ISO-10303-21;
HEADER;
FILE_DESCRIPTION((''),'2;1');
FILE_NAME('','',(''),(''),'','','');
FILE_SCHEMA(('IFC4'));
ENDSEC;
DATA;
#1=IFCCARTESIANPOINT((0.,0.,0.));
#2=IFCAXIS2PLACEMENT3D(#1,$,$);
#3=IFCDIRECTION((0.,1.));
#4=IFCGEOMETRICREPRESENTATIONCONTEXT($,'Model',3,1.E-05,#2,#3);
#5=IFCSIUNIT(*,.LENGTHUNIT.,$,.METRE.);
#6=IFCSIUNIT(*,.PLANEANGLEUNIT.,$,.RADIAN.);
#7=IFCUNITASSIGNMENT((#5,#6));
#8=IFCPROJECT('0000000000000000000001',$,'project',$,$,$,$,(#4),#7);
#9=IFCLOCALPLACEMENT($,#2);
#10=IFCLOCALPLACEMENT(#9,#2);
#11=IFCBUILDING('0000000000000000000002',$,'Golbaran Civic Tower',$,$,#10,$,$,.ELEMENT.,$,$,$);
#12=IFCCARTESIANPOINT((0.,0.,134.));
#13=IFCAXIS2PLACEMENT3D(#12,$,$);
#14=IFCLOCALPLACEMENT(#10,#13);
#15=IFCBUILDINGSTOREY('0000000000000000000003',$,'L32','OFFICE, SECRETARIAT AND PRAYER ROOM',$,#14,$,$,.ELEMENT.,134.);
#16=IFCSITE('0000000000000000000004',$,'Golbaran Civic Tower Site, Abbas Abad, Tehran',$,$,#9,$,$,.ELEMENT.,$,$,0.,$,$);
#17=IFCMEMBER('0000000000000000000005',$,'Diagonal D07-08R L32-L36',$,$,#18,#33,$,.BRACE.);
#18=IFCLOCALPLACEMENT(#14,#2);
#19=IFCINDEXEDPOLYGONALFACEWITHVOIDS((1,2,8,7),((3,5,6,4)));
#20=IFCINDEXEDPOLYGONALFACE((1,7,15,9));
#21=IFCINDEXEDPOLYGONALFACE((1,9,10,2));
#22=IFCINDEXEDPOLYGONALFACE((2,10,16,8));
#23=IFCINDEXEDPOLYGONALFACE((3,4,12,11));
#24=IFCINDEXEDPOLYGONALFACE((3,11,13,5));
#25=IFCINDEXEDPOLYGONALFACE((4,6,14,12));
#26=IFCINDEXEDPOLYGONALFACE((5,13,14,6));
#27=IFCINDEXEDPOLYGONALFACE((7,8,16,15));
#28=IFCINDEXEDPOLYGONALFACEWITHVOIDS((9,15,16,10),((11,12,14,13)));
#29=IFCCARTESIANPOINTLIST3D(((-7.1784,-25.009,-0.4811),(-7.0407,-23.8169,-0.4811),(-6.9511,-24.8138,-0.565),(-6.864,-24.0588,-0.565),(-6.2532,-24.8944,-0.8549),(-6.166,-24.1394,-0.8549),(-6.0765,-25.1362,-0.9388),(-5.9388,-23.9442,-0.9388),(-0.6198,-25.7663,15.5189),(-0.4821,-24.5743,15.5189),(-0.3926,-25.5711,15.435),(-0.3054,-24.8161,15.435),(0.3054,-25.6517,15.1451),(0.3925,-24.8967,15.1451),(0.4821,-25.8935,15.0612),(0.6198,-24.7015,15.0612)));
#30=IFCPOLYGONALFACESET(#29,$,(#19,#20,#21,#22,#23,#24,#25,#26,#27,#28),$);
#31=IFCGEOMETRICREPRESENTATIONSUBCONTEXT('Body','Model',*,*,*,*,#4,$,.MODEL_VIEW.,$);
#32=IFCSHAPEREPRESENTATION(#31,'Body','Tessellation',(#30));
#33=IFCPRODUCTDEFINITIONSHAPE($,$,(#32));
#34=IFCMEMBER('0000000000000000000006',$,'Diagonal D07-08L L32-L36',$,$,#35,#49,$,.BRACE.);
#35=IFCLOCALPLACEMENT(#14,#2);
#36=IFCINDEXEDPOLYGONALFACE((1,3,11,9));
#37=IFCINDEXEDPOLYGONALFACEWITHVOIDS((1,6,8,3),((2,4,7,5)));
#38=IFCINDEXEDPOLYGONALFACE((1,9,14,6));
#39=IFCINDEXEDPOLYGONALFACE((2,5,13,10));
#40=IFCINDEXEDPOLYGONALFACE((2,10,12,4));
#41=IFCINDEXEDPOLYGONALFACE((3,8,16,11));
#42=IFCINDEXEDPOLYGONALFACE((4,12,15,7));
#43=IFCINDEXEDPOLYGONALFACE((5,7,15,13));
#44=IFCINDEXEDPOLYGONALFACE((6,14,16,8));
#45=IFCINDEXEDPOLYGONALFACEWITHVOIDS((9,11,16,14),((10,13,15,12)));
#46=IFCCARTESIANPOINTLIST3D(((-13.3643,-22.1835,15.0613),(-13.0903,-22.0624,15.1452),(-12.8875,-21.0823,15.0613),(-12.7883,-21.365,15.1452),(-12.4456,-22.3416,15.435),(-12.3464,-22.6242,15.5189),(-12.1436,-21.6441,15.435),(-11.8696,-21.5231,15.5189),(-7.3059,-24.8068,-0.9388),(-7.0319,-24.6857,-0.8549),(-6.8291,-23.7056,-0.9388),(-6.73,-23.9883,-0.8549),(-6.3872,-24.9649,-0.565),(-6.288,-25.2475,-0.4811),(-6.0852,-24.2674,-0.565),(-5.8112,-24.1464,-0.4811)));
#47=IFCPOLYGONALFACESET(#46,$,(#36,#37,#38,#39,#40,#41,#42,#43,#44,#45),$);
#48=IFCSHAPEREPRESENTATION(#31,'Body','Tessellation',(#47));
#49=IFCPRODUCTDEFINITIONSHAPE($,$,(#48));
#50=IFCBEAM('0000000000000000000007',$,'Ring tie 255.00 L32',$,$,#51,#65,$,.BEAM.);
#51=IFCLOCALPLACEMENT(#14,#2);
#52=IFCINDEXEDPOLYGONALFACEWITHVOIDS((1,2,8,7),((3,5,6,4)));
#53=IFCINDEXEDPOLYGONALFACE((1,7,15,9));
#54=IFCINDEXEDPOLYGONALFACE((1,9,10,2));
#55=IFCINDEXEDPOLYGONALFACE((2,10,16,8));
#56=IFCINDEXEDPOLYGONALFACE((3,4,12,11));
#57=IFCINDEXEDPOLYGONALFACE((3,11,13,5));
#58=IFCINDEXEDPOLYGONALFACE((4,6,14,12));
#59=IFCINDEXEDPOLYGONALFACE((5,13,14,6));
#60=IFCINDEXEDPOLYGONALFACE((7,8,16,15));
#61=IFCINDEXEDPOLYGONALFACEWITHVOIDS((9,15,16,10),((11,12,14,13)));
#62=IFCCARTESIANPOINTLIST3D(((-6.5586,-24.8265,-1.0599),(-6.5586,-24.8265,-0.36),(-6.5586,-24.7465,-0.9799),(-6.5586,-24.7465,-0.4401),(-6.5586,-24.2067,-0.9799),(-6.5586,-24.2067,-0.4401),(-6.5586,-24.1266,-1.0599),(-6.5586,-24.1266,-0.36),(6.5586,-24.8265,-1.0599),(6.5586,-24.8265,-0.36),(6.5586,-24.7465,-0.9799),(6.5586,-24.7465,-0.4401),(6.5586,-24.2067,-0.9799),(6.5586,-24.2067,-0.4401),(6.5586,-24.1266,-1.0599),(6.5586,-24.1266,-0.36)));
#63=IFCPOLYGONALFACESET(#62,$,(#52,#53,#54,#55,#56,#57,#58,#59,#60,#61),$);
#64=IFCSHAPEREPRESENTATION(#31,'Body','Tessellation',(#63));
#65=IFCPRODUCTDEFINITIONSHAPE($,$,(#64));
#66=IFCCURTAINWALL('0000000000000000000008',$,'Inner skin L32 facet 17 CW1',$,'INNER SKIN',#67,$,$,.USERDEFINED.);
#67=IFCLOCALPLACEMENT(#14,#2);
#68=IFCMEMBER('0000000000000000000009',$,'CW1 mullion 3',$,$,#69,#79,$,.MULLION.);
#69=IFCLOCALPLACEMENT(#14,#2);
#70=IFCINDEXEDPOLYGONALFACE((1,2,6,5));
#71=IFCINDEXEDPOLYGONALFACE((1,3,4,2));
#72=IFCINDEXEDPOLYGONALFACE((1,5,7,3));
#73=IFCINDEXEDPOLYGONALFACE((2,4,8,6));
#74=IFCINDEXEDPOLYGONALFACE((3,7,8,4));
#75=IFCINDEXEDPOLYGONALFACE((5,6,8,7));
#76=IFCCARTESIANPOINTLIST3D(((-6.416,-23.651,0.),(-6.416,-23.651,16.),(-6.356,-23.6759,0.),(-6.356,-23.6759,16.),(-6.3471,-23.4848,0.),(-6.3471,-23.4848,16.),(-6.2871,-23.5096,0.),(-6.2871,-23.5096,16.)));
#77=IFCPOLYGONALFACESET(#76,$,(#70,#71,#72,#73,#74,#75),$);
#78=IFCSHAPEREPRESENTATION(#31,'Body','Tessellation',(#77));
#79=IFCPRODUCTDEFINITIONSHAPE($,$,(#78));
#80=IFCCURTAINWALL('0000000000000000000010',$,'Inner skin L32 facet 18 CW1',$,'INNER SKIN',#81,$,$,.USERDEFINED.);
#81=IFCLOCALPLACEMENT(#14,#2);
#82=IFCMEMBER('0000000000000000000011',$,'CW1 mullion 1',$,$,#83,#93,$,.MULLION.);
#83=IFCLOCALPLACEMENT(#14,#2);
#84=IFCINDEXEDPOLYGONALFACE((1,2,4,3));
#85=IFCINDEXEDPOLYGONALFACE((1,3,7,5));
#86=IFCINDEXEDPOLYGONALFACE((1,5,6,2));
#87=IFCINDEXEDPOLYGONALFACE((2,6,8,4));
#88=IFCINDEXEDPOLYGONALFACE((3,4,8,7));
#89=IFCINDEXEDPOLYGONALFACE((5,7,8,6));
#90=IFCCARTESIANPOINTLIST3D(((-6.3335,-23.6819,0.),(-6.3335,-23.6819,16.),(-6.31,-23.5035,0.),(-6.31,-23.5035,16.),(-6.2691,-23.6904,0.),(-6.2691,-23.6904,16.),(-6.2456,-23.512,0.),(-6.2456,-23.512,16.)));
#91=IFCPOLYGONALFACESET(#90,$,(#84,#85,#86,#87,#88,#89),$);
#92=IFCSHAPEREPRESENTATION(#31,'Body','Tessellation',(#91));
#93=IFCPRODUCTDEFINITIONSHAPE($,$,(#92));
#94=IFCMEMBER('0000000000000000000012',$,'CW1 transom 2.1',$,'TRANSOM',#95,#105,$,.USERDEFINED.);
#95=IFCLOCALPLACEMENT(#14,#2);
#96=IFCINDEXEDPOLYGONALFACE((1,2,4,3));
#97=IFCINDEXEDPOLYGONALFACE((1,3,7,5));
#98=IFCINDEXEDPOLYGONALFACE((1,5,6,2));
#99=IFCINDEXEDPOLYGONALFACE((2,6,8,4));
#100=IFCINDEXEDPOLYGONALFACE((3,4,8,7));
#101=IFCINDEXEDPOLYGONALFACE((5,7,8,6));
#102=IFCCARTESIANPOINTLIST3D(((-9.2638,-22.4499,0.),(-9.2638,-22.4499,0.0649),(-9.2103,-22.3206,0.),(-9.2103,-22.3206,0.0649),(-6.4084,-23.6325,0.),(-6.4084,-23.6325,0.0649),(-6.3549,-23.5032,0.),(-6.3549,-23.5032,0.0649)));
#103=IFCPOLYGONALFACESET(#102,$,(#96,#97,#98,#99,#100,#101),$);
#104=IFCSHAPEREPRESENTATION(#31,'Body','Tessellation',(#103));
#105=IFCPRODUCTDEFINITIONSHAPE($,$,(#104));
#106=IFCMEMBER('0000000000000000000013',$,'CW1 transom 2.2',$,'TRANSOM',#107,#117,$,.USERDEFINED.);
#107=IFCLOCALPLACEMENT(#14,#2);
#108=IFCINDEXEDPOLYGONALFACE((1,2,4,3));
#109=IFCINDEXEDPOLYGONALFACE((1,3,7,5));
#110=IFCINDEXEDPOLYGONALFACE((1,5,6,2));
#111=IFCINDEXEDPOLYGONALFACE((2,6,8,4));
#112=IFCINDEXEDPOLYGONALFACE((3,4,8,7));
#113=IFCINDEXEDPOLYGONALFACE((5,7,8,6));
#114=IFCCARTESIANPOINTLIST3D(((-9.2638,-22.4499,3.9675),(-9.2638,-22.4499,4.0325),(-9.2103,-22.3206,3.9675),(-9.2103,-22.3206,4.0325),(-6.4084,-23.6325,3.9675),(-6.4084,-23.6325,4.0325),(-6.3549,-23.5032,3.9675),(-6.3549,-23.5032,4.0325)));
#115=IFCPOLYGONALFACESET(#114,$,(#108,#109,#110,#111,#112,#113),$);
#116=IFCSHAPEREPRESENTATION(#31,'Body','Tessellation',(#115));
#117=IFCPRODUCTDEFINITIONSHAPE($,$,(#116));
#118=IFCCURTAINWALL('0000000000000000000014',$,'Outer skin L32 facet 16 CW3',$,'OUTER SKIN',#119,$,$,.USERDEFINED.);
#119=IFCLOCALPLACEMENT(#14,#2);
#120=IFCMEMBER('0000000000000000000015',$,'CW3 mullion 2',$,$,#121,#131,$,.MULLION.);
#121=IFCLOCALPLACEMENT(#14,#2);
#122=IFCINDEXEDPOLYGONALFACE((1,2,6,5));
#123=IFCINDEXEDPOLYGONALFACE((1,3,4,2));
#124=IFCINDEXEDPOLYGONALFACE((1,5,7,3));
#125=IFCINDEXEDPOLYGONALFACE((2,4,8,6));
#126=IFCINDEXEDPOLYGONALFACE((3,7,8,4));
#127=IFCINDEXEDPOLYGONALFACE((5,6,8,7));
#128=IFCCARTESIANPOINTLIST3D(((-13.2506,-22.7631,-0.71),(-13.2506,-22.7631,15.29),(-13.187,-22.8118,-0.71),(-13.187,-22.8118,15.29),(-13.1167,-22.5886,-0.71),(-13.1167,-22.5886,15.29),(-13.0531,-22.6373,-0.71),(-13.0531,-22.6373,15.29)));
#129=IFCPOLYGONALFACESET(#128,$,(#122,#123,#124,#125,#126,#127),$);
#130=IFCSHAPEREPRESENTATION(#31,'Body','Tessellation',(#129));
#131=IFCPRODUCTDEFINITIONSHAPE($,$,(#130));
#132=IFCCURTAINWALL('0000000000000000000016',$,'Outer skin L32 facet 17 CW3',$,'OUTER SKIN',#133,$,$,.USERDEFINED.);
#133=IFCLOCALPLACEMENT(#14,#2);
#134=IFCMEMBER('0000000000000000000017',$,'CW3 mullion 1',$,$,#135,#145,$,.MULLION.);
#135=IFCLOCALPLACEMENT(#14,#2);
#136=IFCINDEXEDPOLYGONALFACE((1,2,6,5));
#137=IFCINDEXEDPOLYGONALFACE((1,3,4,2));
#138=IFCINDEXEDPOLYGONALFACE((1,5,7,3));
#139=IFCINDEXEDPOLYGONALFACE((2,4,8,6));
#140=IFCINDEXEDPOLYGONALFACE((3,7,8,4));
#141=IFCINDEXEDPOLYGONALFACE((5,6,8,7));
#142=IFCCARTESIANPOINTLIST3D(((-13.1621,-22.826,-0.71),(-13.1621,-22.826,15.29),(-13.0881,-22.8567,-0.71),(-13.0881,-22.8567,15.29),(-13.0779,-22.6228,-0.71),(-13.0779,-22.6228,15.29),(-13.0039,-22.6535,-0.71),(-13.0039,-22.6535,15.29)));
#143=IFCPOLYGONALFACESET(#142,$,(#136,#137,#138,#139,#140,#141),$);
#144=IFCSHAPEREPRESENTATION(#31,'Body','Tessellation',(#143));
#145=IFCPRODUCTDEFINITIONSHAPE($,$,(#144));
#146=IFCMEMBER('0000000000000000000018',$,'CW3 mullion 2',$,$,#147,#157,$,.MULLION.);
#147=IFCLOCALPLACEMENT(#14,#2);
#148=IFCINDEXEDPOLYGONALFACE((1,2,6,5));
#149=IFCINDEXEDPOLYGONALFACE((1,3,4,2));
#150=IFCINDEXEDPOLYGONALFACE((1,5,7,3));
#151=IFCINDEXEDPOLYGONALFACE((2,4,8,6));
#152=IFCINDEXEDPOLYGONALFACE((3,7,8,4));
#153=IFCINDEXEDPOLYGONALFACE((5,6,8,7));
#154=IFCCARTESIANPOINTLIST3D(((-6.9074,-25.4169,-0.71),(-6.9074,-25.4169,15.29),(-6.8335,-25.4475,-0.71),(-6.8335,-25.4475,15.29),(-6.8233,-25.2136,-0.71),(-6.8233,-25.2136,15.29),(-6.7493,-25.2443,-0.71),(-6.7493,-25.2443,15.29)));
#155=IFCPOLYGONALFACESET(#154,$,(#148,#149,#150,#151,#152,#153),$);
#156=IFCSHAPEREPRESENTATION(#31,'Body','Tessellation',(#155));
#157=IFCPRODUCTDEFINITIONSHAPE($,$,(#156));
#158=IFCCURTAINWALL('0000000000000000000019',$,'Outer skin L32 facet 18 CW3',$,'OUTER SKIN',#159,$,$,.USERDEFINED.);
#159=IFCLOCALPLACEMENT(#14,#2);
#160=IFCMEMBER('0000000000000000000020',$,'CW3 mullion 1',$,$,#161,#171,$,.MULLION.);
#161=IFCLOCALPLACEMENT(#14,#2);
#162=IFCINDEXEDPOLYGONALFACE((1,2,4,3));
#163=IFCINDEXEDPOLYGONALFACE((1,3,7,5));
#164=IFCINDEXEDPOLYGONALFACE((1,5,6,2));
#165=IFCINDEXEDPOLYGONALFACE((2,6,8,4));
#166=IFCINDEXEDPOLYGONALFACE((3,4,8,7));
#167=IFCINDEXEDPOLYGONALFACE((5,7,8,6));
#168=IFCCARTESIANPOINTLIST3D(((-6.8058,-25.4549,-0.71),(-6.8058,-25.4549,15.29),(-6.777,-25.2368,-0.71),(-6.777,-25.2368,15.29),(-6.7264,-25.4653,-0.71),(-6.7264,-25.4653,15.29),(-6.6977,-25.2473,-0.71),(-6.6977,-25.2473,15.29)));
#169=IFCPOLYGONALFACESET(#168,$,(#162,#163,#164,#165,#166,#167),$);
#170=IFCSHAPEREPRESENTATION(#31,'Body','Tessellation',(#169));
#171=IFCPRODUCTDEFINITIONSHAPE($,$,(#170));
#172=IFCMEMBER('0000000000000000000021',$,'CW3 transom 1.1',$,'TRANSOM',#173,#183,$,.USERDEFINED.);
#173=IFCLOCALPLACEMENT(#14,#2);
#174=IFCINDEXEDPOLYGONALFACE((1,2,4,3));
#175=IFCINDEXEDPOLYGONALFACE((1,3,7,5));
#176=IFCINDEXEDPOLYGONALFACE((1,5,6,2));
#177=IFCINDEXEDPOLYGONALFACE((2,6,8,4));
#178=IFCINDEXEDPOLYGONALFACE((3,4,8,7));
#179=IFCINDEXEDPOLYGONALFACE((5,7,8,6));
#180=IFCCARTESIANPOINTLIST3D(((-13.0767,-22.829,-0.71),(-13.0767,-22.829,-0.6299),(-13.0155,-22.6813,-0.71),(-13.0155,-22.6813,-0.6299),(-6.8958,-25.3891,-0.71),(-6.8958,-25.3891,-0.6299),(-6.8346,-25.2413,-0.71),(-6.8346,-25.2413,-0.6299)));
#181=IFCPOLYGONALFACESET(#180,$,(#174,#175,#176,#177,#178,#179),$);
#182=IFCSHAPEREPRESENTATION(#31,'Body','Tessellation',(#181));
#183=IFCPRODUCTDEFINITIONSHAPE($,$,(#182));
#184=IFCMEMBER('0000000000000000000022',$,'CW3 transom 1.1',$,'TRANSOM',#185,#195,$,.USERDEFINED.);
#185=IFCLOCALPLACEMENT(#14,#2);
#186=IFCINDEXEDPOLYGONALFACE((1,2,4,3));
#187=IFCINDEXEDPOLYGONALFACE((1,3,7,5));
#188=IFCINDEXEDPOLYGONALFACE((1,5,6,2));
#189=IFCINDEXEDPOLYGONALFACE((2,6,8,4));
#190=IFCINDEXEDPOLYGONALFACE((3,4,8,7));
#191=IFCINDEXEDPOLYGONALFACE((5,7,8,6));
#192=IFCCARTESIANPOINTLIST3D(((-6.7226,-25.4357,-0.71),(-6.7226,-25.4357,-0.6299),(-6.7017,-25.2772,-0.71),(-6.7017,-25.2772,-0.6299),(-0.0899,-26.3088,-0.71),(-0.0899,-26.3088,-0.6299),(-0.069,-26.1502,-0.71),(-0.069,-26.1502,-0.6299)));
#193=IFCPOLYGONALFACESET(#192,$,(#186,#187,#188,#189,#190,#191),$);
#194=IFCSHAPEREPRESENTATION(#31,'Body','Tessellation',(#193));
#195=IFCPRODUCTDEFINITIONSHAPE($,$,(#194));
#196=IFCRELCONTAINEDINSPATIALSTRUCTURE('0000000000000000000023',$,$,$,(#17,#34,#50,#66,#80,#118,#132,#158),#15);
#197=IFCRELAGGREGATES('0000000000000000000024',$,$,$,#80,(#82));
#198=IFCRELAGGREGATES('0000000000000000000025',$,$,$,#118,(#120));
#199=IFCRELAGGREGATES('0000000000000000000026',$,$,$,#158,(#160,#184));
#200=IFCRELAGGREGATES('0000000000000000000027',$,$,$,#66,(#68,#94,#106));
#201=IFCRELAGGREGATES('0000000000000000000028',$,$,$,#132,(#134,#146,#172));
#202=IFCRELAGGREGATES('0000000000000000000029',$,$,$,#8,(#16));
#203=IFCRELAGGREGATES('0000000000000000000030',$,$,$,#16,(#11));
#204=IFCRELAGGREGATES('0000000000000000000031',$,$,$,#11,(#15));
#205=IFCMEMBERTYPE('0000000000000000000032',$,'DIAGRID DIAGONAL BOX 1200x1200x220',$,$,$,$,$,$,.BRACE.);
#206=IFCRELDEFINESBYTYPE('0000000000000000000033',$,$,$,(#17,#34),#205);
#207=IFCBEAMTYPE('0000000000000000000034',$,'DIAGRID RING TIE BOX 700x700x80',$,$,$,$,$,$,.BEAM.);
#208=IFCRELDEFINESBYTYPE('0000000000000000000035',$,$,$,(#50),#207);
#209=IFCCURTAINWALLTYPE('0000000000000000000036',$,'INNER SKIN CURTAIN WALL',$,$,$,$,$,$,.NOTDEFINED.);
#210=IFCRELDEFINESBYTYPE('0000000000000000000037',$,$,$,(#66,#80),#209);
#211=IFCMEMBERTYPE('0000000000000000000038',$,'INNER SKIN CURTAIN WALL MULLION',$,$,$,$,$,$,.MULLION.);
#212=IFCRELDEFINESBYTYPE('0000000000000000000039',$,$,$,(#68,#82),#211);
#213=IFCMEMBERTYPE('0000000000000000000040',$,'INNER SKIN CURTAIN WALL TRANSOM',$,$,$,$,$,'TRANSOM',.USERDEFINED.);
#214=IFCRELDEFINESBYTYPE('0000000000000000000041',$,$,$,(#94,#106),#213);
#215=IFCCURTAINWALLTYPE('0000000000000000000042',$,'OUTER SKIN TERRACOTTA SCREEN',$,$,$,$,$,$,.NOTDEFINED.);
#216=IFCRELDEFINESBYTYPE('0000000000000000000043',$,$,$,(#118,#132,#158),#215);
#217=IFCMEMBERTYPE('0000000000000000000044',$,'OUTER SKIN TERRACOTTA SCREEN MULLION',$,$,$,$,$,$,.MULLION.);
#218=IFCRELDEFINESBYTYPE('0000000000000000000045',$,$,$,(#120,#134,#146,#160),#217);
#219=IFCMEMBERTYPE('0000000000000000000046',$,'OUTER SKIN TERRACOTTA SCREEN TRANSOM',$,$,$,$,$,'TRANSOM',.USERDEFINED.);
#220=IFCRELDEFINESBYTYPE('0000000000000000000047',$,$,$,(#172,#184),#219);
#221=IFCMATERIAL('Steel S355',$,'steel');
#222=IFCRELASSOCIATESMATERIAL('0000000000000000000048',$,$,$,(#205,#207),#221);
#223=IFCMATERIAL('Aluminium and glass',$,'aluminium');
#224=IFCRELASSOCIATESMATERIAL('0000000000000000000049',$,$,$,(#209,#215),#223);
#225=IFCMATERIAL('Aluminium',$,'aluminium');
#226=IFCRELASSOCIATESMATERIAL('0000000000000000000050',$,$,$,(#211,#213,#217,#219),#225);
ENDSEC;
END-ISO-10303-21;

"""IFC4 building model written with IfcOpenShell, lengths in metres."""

from ifc_helpers import new_model, si_unit, direction, frame, origin, origin_2d, place, context, subcontext, project, spatial, rectangle, hollow_rectangle, extrude, material, material_profile, profile_set, type_object, element, aggregate, save


model = new_model("IFC4")

# Units and contexts
model_context = context("Model", 3, precision=1e-05, world=origin(), true_north=direction((0.0, 1.0)))
body_context = subcontext(model_context, "Body", "Model", "MODEL_VIEW")
ifc_project = project(units=[si_unit("LENGTHUNIT", "METRE"), si_unit("PLANEANGLEUNIT", "RADIAN")], contexts=[model_context])

# Site, building, storey
site_placement = place(None, origin())
site = spatial("IfcSite", under=ifc_project, at=site_placement, Name="Golbaran Civic Tower Site, Abbas Abad, Tehran", CompositionType="ELEMENT", RefElevation=0.0)
building_placement = place(site_placement, origin())
building = spatial("IfcBuilding", under=site, at=building_placement, Name="Golbaran Civic Tower", CompositionType="ELEMENT")
storey_placement = place(building_placement, frame((0.0, 0.0, 134.0)))
storey = spatial("IfcBuildingStorey", under=building, at=storey_placement, Name="L32", Description="OFFICE, SECRETARIAT AND PRAYER ROOM", CompositionType="ELEMENT", Elevation=134.0)

# Members
ifc_material_1 = material(Name="Steel S355", Category="steel")
ifc_material_profile_1 = material_profile(ifc_material_1, hollow_rectangle(XDim=1.2, YDim=1.2, WallThickness=0.22, at=origin_2d()), Name="BOX 1200x1200x220")
ifc_profile_set_1 = profile_set([ifc_material_profile_1], Name="Steel S355")
member_type_1 = type_object("IfcMemberType", Name="DIAGRID DIAGONAL BOX 1200x1200x220", PredefinedType="BRACE", material=ifc_profile_set_1)
for number, where, z_axis, x_axis, name in (
    (1, (-6.5586, -24.4766, -0.71), (0.37892, -0.043754, 0.924394), (0.114708, 0.993399, 0.0), "Diagonal D07-08R L32-L36"),
    (2, (-6.5586, -24.4766, -0.71), (-0.350021, 0.151561, 0.9244), (-0.397353, -0.917666, 0.0), "Diagonal D07-08L L32-L36"),
):
    element("IfcMember", number, at=place(storey_placement, frame(where, z_axis=z_axis, x_axis=x_axis)), inside=storey, type_object=member_type_1, Name=name, PredefinedType="BRACE", context=body_context, shape_type="SweptSolid", body=[
        extrude(hollow_rectangle(XDim=1.2, YDim=1.2, WallThickness=0.22, at=origin_2d()), origin(), (0.0, 0.0, 1.0), 17.3086),
    ])

# Beam
ifc_material_profile_2 = material_profile(ifc_material_1, hollow_rectangle(XDim=0.7, YDim=0.7, WallThickness=0.0801, at=origin_2d()), Name="BOX 700x700x80")
ifc_profile_set_2 = profile_set([ifc_material_profile_2], Name="Steel S355")
beam_type = type_object("IfcBeamType", Name="DIAGRID RING TIE BOX 700x700x80", PredefinedType="BEAM", material=ifc_profile_set_2)
beam_placement = place(storey_placement, frame((-6.5586, -24.4766, -0.71), z_axis=(1.0, 0.0, 0.0), x_axis=(0.0, 1.0, 0.0)))
element("IfcBeam", 3, at=beam_placement, inside=storey, type_object=beam_type, Name="Ring tie 255.00 L32", PredefinedType="BEAM", context=body_context, shape_type="SweptSolid", body=[
    extrude(hollow_rectangle(XDim=0.7, YDim=0.7, WallThickness=0.0801, at=origin_2d()), origin(), (0.0, 0.0, 1.0), 13.1172),
])

# Curtain walls, members
ifc_material_2 = material(Name="Aluminium and glass", Category="aluminium")
curtain_wall_type_1 = type_object("IfcCurtainWallType", Name="INNER SKIN CURTAIN WALL", PredefinedType="NOTDEFINED", material=ifc_material_2)
curtain_wall_1_placement = place(storey_placement, origin())
curtain_wall_1 = element("IfcCurtainWall", 4, at=curtain_wall_1_placement, inside=storey, type_object=curtain_wall_type_1, Name="Inner skin L32 facet 17 CW1", ObjectType="INNER SKIN", PredefinedType="USERDEFINED")
ifc_material_3 = material(Name="Aluminium", Category="aluminium")
ifc_material_profile_3 = material_profile(ifc_material_3, rectangle(XDim=0.1799, YDim=0.0649, at=origin_2d()), Name="INNER SKIN CURTAIN WALL MULLION")
ifc_profile_set_3 = profile_set([ifc_material_profile_3], Name="Aluminium")
member_type_2 = type_object("IfcMemberType", Name="INNER SKIN CURTAIN WALL MULLION", PredefinedType="MULLION", material=ifc_profile_set_3)
member_1_placement = place(storey_placement, frame((-6.3516, -23.5803, 0.0), z_axis=(0.0, 0.0, 1.0), x_axis=(0.382683, 0.92388, 0.0)))
member_1 = element("IfcMember", 5, at=member_1_placement, type_object=member_type_2, Name="CW1 mullion 3", PredefinedType="MULLION", context=body_context, shape_type="SweptSolid", body=[
    extrude(rectangle(XDim=0.1799, YDim=0.0649, at=origin_2d()), origin(), (0.0, 0.0, 1.0), 16.0),
])
curtain_wall_2_placement = place(storey_placement, origin())
curtain_wall_2 = element("IfcCurtainWall", 6, at=curtain_wall_2_placement, inside=storey, type_object=curtain_wall_type_1, Name="Inner skin L32 facet 18 CW1", ObjectType="INNER SKIN", PredefinedType="USERDEFINED")
member_2_placement = place(storey_placement, frame((-6.2896, -23.5969, 0.0), z_axis=(0.0, 0.0, 1.0), x_axis=(0.130526, 0.991445, 0.0)))
member_2 = element("IfcMember", 7, at=member_2_placement, type_object=member_type_2, Name="CW1 mullion 1", PredefinedType="MULLION", context=body_context, shape_type="SweptSolid", body=[
    extrude(rectangle(XDim=0.1799, YDim=0.0649, at=origin_2d()), origin(), (0.0, 0.0, 1.0), 16.0),
])
aggregate(curtain_wall_2, [member_2])

# Members
ifc_material_profile_4 = material_profile(ifc_material_3, rectangle(XDim=0.1399, YDim=0.0649, at=origin_2d()), Name="INNER SKIN CURTAIN WALL TRANSOM")
ifc_profile_set_4 = profile_set([ifc_material_profile_4], Name="Aluminium")
member_type_3 = type_object("IfcMemberType", Name="INNER SKIN CURTAIN WALL TRANSOM", ElementType="TRANSOM", PredefinedType="USERDEFINED", material=ifc_profile_set_4)
member_3_placement = place(storey_placement, frame((-9.2371, -22.3853, 0.0325), z_axis=(0.923897, -0.38264, 0.0), x_axis=(0.38264, 0.923897, 0.0)))
member_3 = element("IfcMember", 8, at=member_3_placement, type_object=member_type_3, Name="CW1 transom 2.1", ObjectType="TRANSOM", PredefinedType="USERDEFINED", context=body_context, shape_type="SweptSolid", body=[
    extrude(rectangle(XDim=0.1399, YDim=0.0649, at=origin_2d()), origin(), (0.0, 0.0, 1.0), 3.0906),
])
member_4_placement = place(storey_placement, frame((-9.2371, -22.3853, 4.0), z_axis=(0.923897, -0.38264, 0.0), x_axis=(0.38264, 0.923897, 0.0)))
member_4 = element("IfcMember", 9, at=member_4_placement, type_object=member_type_3, Name="CW1 transom 2.2", ObjectType="TRANSOM", PredefinedType="USERDEFINED", context=body_context, shape_type="SweptSolid", body=[
    extrude(rectangle(XDim=0.1399, YDim=0.0649, at=origin_2d()), origin(), (0.0, 0.0, 1.0), 3.0906),
])

# Curtain wall, member
curtain_wall_type_2 = type_object("IfcCurtainWallType", Name="OUTER SKIN TERRACOTTA SCREEN", PredefinedType="NOTDEFINED", material=ifc_material_2)
curtain_wall_3_placement = place(storey_placement, origin())
curtain_wall_3 = element("IfcCurtainWall", 10, at=curtain_wall_3_placement, inside=storey, type_object=curtain_wall_type_2, Name="Outer skin L32 facet 16 CW3", ObjectType="OUTER SKIN", PredefinedType="USERDEFINED")
ifc_material_profile_5 = material_profile(ifc_material_3, rectangle(XDim=0.22, YDim=0.0801, at=origin_2d()), Name="OUTER SKIN TERRACOTTA SCREEN MULLION")
ifc_profile_set_5 = profile_set([ifc_material_profile_5], Name="Aluminium")
member_type_4 = type_object("IfcMemberType", Name="OUTER SKIN TERRACOTTA SCREEN MULLION", PredefinedType="MULLION", material=ifc_profile_set_5)
member_5_placement = place(storey_placement, frame((-13.1519, -22.7002, -0.71), z_axis=(0.0, 0.0, 1.0), x_axis=(0.608761, 0.793353, 0.0)))
member_5 = element("IfcMember", 11, at=member_5_placement, type_object=member_type_4, Name="CW3 mullion 2", PredefinedType="MULLION", context=body_context, shape_type="SweptSolid", body=[
    extrude(rectangle(XDim=0.22, YDim=0.0801, at=origin_2d()), origin(), (0.0, 0.0, 1.0), 16.0),
])
aggregate(curtain_wall_3, [member_5])

# Curtain wall, members
curtain_wall_4_placement = place(storey_placement, origin())
curtain_wall_4 = element("IfcCurtainWall", 12, at=curtain_wall_4_placement, inside=storey, type_object=curtain_wall_type_2, Name="Outer skin L32 facet 17 CW3", ObjectType="OUTER SKIN", PredefinedType="USERDEFINED")
member_6_placement = place(storey_placement, frame((-13.083, -22.7397, -0.71), z_axis=(0.0, 0.0, 1.0), x_axis=(0.382683, 0.92388, 0.0)))
member_6 = element("IfcMember", 13, at=member_6_placement, type_object=member_type_4, Name="CW3 mullion 1", PredefinedType="MULLION", context=body_context, shape_type="SweptSolid", body=[
    extrude(rectangle(XDim=0.22, YDim=0.0801, at=origin_2d()), origin(), (0.0, 0.0, 1.0), 16.0),
])
member_7_placement = place(storey_placement, frame((-6.8284, -25.3306, -0.71), z_axis=(0.0, 0.0, 1.0), x_axis=(0.382683, 0.92388, 0.0)))
member_7 = element("IfcMember", 14, at=member_7_placement, type_object=member_type_4, Name="CW3 mullion 2", PredefinedType="MULLION", context=body_context, shape_type="SweptSolid", body=[
    extrude(rectangle(XDim=0.22, YDim=0.0801, at=origin_2d()), origin(), (0.0, 0.0, 1.0), 16.0),
])

# Curtain wall, member
curtain_wall_5_placement = place(storey_placement, origin())
curtain_wall_5 = element("IfcCurtainWall", 15, at=curtain_wall_5_placement, inside=storey, type_object=curtain_wall_type_2, Name="Outer skin L32 facet 18 CW3", ObjectType="OUTER SKIN", PredefinedType="USERDEFINED")
member_8_placement = place(storey_placement, frame((-6.7517, -25.3511, -0.71), z_axis=(0.0, 0.0, 1.0), x_axis=(0.130526, 0.991445, 0.0)))
member_8 = element("IfcMember", 16, at=member_8_placement, type_object=member_type_4, Name="CW3 mullion 1", PredefinedType="MULLION", context=body_context, shape_type="SweptSolid", body=[
    extrude(rectangle(XDim=0.22, YDim=0.0801, at=origin_2d()), origin(), (0.0, 0.0, 1.0), 16.0),
])

# Members
ifc_material_profile_6 = material_profile(ifc_material_3, rectangle(XDim=0.1599, YDim=0.0801, at=origin_2d()), Name="OUTER SKIN TERRACOTTA SCREEN TRANSOM")
ifc_profile_set_6 = profile_set([ifc_material_profile_6], Name="Aluminium")
member_type_5 = type_object("IfcMemberType", Name="OUTER SKIN TERRACOTTA SCREEN TRANSOM", ElementType="TRANSOM", PredefinedType="USERDEFINED", material=ifc_profile_set_6)
member_9_placement = place(storey_placement, frame((-13.0461, -22.7551, -0.6699), z_axis=(0.923888, -0.382663, 0.0), x_axis=(0.382663, 0.923888, 0.0)))
member_9 = element("IfcMember", 17, at=member_9_placement, type_object=member_type_5, Name="CW3 transom 1.1", ObjectType="TRANSOM", PredefinedType="USERDEFINED", context=body_context, shape_type="SweptSolid", body=[
    extrude(rectangle(XDim=0.1599, YDim=0.0801, at=origin_2d()), origin(), (0.0, 0.0, 1.0), 6.6902),
])
member_10_placement = place(storey_placement, frame((-6.7122, -25.3564, -0.6699), z_axis=(0.991448, -0.1305, 0.0), x_axis=(0.1305, 0.991448, 0.0)))
member_10 = element("IfcMember", 18, at=member_10_placement, type_object=member_type_5, Name="CW3 transom 1.1", ObjectType="TRANSOM", PredefinedType="USERDEFINED", context=body_context, shape_type="SweptSolid", body=[
    extrude(rectangle(XDim=0.1599, YDim=0.0801, at=origin_2d()), origin(), (0.0, 0.0, 1.0), 6.6899),
])
aggregate(curtain_wall_5, [member_8, member_10])

aggregate(curtain_wall_1, [member_1, member_3, member_4])
aggregate(curtain_wall_4, [member_6, member_7, member_9])

save(model, "model.ifc")
